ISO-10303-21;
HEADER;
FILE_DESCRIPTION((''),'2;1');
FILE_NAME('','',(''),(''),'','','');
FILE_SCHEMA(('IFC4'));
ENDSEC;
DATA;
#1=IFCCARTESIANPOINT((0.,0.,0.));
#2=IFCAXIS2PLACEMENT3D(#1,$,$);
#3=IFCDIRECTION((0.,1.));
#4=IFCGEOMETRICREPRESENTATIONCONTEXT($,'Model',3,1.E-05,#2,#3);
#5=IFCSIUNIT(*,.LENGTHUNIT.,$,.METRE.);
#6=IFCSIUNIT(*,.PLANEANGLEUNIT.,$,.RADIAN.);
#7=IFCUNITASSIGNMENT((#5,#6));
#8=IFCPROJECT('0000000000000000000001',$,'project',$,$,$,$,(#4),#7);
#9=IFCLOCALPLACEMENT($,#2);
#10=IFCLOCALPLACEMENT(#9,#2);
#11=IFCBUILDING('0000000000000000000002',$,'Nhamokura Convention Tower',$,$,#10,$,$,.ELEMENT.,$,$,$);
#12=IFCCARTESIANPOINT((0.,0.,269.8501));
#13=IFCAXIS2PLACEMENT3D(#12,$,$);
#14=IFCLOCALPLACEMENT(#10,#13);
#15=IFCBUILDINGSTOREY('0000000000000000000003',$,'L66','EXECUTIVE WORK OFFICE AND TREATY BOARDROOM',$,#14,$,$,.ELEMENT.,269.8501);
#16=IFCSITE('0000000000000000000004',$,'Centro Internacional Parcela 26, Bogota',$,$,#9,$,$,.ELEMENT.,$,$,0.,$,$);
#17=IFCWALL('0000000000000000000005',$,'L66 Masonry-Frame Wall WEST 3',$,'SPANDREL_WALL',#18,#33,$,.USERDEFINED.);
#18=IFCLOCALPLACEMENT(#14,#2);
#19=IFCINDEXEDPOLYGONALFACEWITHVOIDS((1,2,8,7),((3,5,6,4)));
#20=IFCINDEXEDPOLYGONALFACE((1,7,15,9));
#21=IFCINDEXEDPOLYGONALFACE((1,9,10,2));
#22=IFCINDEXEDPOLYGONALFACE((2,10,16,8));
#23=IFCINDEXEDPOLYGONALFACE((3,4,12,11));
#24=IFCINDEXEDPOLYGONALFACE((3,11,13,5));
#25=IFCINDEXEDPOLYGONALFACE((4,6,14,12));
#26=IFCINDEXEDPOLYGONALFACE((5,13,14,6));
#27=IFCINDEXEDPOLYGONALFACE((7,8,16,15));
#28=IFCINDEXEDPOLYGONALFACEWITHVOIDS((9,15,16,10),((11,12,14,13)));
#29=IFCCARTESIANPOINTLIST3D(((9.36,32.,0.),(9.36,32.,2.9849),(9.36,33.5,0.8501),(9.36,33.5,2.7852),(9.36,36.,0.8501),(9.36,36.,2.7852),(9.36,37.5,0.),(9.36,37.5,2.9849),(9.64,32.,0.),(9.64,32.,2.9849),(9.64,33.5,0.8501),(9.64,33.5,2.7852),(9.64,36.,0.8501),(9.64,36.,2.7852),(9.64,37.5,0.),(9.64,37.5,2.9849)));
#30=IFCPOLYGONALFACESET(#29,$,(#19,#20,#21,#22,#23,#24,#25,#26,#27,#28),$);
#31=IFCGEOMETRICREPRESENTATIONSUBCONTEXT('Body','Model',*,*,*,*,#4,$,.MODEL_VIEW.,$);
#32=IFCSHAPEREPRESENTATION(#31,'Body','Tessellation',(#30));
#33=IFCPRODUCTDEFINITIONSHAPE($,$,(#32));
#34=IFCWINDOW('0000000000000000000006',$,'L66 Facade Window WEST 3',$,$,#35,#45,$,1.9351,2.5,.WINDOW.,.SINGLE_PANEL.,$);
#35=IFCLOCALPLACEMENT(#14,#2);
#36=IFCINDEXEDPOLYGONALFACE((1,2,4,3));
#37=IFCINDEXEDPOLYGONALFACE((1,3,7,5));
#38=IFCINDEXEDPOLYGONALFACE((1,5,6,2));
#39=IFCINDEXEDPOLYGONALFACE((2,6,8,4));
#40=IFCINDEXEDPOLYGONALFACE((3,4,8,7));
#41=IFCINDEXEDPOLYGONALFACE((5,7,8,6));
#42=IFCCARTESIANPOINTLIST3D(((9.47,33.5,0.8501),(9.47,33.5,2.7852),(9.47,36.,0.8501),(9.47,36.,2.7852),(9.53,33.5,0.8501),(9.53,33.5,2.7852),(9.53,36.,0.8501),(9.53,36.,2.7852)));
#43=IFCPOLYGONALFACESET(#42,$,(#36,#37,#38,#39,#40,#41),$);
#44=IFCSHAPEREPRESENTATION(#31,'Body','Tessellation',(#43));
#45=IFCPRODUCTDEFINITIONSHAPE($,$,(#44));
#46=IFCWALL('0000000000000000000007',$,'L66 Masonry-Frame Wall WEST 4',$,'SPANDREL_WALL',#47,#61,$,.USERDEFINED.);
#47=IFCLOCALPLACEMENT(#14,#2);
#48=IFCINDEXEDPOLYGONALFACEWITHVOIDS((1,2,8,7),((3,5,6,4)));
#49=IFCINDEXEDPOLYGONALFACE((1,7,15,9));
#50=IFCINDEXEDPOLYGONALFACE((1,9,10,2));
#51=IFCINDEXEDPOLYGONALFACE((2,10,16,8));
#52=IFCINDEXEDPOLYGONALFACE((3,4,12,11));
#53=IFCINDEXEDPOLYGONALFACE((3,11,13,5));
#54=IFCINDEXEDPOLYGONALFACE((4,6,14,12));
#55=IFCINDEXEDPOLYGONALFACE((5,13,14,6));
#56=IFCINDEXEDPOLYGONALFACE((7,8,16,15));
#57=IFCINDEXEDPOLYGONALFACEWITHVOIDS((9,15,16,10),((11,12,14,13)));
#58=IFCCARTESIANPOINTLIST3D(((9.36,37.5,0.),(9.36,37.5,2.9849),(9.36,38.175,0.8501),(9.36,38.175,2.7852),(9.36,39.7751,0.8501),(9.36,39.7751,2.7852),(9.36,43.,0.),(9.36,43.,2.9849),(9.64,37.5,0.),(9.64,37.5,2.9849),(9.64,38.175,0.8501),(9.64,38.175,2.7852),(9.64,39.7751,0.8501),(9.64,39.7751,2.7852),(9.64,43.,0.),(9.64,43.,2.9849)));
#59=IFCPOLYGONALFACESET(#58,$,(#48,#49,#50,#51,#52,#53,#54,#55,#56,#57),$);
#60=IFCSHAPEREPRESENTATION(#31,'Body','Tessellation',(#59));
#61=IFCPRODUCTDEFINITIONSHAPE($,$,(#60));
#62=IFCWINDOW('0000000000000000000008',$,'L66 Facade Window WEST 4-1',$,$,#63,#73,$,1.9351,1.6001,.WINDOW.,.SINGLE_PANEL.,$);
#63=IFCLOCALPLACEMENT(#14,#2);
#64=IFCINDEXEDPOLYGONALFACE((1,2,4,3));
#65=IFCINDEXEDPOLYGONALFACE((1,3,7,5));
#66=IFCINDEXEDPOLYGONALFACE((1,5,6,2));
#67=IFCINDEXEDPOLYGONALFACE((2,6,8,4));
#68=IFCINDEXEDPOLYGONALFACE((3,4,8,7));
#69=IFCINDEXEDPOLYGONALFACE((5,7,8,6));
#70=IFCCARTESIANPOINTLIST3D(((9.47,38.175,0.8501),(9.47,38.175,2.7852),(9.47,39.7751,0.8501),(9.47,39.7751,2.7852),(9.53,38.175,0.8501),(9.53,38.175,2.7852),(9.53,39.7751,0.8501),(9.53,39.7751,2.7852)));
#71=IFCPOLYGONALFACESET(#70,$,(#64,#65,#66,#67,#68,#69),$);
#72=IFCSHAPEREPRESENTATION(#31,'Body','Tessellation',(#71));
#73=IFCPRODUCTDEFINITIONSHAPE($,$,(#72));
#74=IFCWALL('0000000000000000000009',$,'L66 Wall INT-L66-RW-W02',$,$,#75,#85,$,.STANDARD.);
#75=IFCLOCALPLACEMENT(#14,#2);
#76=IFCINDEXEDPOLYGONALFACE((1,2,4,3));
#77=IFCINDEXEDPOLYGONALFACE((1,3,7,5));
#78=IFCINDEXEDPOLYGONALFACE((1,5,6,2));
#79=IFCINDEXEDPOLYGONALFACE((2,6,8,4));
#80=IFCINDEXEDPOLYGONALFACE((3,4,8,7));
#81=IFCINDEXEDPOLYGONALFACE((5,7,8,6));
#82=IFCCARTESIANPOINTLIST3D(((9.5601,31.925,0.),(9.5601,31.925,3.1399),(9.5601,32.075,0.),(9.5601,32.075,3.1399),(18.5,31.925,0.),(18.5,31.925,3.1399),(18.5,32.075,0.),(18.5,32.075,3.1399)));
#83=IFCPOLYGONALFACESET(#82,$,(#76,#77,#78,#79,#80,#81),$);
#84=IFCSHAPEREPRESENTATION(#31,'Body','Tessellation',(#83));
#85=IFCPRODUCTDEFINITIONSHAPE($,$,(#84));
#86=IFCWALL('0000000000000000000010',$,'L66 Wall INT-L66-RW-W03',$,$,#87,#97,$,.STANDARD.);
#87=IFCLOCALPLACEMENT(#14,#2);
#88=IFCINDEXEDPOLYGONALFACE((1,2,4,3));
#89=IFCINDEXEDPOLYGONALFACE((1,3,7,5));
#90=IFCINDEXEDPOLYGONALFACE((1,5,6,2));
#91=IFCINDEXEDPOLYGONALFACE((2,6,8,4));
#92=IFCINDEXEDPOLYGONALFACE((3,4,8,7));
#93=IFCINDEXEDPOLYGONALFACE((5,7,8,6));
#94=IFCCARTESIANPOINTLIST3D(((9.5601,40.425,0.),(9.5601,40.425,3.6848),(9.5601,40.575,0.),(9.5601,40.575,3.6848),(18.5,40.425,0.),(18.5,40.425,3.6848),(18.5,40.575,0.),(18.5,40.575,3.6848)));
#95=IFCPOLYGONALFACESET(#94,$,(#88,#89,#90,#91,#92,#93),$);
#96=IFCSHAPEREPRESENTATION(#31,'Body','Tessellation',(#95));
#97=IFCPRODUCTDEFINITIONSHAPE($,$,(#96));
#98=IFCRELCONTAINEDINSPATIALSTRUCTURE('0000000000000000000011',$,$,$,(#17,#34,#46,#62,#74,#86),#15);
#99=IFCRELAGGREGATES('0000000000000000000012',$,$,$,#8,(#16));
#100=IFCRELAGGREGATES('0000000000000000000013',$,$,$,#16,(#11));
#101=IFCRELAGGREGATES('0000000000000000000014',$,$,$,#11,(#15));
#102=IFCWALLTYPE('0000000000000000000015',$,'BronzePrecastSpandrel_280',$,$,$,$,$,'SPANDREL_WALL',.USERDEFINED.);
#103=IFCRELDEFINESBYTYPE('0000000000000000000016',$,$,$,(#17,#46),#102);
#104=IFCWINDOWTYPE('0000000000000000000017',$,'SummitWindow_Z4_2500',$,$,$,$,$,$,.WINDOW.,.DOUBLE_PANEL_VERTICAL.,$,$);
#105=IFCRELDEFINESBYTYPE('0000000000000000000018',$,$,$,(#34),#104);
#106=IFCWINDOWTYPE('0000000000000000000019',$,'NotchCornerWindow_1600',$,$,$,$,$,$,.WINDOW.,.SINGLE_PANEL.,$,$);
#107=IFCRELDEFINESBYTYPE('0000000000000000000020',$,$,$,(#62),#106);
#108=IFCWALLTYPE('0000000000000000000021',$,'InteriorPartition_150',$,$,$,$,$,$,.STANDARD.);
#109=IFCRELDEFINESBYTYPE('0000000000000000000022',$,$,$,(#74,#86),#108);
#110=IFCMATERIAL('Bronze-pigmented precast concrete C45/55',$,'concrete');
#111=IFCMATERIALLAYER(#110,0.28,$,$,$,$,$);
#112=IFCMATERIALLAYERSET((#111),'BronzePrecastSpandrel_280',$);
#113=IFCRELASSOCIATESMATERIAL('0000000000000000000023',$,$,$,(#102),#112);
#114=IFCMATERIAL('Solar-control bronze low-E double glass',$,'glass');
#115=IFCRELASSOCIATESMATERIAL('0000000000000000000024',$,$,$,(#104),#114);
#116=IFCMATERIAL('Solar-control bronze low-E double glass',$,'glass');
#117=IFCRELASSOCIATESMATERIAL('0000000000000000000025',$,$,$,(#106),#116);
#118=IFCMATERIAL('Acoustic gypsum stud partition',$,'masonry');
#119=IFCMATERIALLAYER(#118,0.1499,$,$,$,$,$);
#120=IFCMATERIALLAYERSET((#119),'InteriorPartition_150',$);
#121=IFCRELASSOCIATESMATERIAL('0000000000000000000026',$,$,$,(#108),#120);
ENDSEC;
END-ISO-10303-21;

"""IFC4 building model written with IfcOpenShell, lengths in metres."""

from ifc_helpers import new_model, si_unit, direction, frame, frame_2d, origin, place, context, subcontext, project, spatial, rectangle, extrude, material, layer, layer_set, type_object, element, fill, save


model = new_model("IFC4")

# Units and contexts
model_context = context("Model", 3, precision=1e-05, world=origin(), true_north=direction((0.0, 1.0)))
body_context = subcontext(model_context, "Body", "Model", "MODEL_VIEW")
ifc_project = project(units=[si_unit("LENGTHUNIT", "METRE"), si_unit("PLANEANGLEUNIT", "RADIAN")], contexts=[model_context])

# Site, building, storey
site_placement = place(None, origin())
site = spatial("IfcSite", under=ifc_project, at=site_placement, Name="Centro Internacional Parcela 26, Bogota", CompositionType="ELEMENT", RefElevation=0.0)
building_placement = place(site_placement, origin())
building = spatial("IfcBuilding", under=site, at=building_placement, Name="Nhamokura Convention Tower", CompositionType="ELEMENT")
storey_placement = place(building_placement, frame((0.0, 0.0, 269.8501)))
storey = spatial("IfcBuildingStorey", under=building, at=storey_placement, Name="L66", Description="EXECUTIVE WORK OFFICE AND TREATY BOARDROOM", CompositionType="ELEMENT", Elevation=269.8501)

# Walls, openings, windows
ifc_material_1 = material(Name="Bronze-pigmented precast concrete C45/55", Category="concrete")
ifc_layer_1 = layer(ifc_material_1, 0.28)
ifc_layer_set_1 = layer_set([ifc_layer_1], Name="BronzePrecastSpandrel_280")
wall_type_1 = type_object("IfcWallType", Name="BronzePrecastSpandrel_280", ElementType="SPANDREL_WALL", PredefinedType="USERDEFINED", material=ifc_layer_set_1)
wall_1_placement = place(storey_placement, frame((9.5, 32.0, 0.0), z_axis=(0.0, 0.0, 1.0), x_axis=(0.0, 1.0, 0.0)))
wall_1 = element("IfcWall", 1, at=wall_1_placement, inside=storey, type_object=wall_type_1, Name="L66 Masonry-Frame Wall WEST 3", ObjectType="SPANDREL_WALL", PredefinedType="USERDEFINED", context=body_context, shape_type="SweptSolid", body=[
    extrude(rectangle(XDim=5.5, YDim=0.28, at=frame_2d((2.75, 0.0))), origin(), (0.0, 0.0, 1.0), 2.9849),
])
opening_1_placement = place(wall_1_placement, frame((1.5, 0.0, 0.8501)))
opening_1 = element("IfcOpeningElement", 2, at=opening_1_placement, cuts=wall_1, PredefinedType="OPENING", context=body_context, shape_type="SweptSolid", body=[
    extrude(rectangle(XDim=2.5, YDim=1.9351, at=frame_2d((1.25, 0.9675))), frame((0.0, 0.1499, 0.0), z_axis=(0.0, -1.0, 0.0), x_axis=(1.0, 0.0, 0.0)), (0.0, 0.0, 1.0), 0.3),
])
ifc_material_2 = material(Name="Solar-control bronze low-E double glass", Category="glass")
window_type_1 = type_object("IfcWindowType", Name="SummitWindow_Z4_2500", PartitioningType="DOUBLE_PANEL_VERTICAL", PredefinedType="WINDOW", material=ifc_material_2)
window_1_placement = place(opening_1_placement, origin())
window_1 = element("IfcWindow", 3, at=window_1_placement, inside=storey, type_object=window_type_1, Name="L66 Facade Window WEST 3", OverallHeight=1.9351, OverallWidth=2.5, PartitioningType="SINGLE_PANEL", PredefinedType="WINDOW", context=body_context, shape_type="SweptSolid", body=[
    extrude(rectangle(XDim=2.5, YDim=1.9351, at=frame_2d((1.25, 0.9675))), frame((0.0, 0.03, 0.0), z_axis=(0.0, -1.0, 0.0), x_axis=(1.0, 0.0, 0.0)), (0.0, 0.0, 1.0), 0.0601),
])
fill(opening_1, window_1)
wall_2_placement = place(storey_placement, frame((9.5, 37.5, 0.0), z_axis=(0.0, 0.0, 1.0), x_axis=(0.0, 1.0, 0.0)))
wall_2 = element("IfcWall", 4, at=wall_2_placement, inside=storey, type_object=wall_type_1, Name="L66 Masonry-Frame Wall WEST 4", ObjectType="SPANDREL_WALL", PredefinedType="USERDEFINED", context=body_context, shape_type="SweptSolid", body=[
    extrude(rectangle(XDim=5.5, YDim=0.28, at=frame_2d((2.75, 0.0))), origin(), (0.0, 0.0, 1.0), 2.9849),
])
opening_2_placement = place(wall_2_placement, frame((0.675, 0.0, 0.8501)))
opening_2 = element("IfcOpeningElement", 5, at=opening_2_placement, cuts=wall_2, PredefinedType="OPENING", context=body_context, shape_type="SweptSolid", body=[
    extrude(rectangle(XDim=1.6001, YDim=1.9351, at=frame_2d((0.8, 0.9675))), frame((0.0, 0.1499, 0.0), z_axis=(0.0, -1.0, 0.0), x_axis=(1.0, 0.0, 0.0)), (0.0, 0.0, 1.0), 0.3),
])
ifc_material_3 = material(Name="Solar-control bronze low-E double glass", Category="glass")
window_type_2 = type_object("IfcWindowType", Name="NotchCornerWindow_1600", PartitioningType="SINGLE_PANEL", PredefinedType="WINDOW", material=ifc_material_3)
window_2_placement = place(opening_2_placement, origin())
window_2 = element("IfcWindow", 6, at=window_2_placement, inside=storey, type_object=window_type_2, Name="L66 Facade Window WEST 4-1", OverallHeight=1.9351, OverallWidth=1.6001, PartitioningType="SINGLE_PANEL", PredefinedType="WINDOW", context=body_context, shape_type="SweptSolid", body=[
    extrude(rectangle(XDim=1.6001, YDim=1.9351, at=frame_2d((0.8, 0.9675))), frame((0.0, 0.03, 0.0), z_axis=(0.0, -1.0, 0.0), x_axis=(1.0, 0.0, 0.0)), (0.0, 0.0, 1.0), 0.0601),
])
fill(opening_2, window_2)

# Walls
ifc_material_4 = material(Name="Acoustic gypsum stud partition", Category="masonry")
ifc_layer_2 = layer(ifc_material_4, 0.1499)
ifc_layer_set_2 = layer_set([ifc_layer_2], Name="InteriorPartition_150")
wall_type_2 = type_object("IfcWallType", Name="InteriorPartition_150", PredefinedType="STANDARD", material=ifc_layer_set_2)
wall_3_placement = place(storey_placement, frame((9.5601, 32.0, 0.0), z_axis=(0.0, 0.0, 1.0), x_axis=(1.0, 0.0, 0.0)))
element("IfcWall", 7, at=wall_3_placement, inside=storey, type_object=wall_type_2, Name="L66 Wall INT-L66-RW-W02", PredefinedType="STANDARD", context=body_context, shape_type="SweptSolid", body=[
    extrude(rectangle(XDim=8.9399, YDim=0.1499, at=frame_2d((4.47, 0.0))), origin(), (0.0, 0.0, 1.0), 3.1399),
])
wall_4_placement = place(storey_placement, frame((9.5601, 40.5, 0.0), z_axis=(0.0, 0.0, 1.0), x_axis=(1.0, 0.0, 0.0)))
element("IfcWall", 8, at=wall_4_placement, inside=storey, type_object=wall_type_2, Name="L66 Wall INT-L66-RW-W03", PredefinedType="STANDARD", context=body_context, shape_type="SweptSolid", body=[
    extrude(rectangle(XDim=8.9399, YDim=0.1499, at=frame_2d((4.47, 0.0))), origin(), (0.0, 0.0, 1.0), 3.6848),
])

save(model, "model.ifc")
